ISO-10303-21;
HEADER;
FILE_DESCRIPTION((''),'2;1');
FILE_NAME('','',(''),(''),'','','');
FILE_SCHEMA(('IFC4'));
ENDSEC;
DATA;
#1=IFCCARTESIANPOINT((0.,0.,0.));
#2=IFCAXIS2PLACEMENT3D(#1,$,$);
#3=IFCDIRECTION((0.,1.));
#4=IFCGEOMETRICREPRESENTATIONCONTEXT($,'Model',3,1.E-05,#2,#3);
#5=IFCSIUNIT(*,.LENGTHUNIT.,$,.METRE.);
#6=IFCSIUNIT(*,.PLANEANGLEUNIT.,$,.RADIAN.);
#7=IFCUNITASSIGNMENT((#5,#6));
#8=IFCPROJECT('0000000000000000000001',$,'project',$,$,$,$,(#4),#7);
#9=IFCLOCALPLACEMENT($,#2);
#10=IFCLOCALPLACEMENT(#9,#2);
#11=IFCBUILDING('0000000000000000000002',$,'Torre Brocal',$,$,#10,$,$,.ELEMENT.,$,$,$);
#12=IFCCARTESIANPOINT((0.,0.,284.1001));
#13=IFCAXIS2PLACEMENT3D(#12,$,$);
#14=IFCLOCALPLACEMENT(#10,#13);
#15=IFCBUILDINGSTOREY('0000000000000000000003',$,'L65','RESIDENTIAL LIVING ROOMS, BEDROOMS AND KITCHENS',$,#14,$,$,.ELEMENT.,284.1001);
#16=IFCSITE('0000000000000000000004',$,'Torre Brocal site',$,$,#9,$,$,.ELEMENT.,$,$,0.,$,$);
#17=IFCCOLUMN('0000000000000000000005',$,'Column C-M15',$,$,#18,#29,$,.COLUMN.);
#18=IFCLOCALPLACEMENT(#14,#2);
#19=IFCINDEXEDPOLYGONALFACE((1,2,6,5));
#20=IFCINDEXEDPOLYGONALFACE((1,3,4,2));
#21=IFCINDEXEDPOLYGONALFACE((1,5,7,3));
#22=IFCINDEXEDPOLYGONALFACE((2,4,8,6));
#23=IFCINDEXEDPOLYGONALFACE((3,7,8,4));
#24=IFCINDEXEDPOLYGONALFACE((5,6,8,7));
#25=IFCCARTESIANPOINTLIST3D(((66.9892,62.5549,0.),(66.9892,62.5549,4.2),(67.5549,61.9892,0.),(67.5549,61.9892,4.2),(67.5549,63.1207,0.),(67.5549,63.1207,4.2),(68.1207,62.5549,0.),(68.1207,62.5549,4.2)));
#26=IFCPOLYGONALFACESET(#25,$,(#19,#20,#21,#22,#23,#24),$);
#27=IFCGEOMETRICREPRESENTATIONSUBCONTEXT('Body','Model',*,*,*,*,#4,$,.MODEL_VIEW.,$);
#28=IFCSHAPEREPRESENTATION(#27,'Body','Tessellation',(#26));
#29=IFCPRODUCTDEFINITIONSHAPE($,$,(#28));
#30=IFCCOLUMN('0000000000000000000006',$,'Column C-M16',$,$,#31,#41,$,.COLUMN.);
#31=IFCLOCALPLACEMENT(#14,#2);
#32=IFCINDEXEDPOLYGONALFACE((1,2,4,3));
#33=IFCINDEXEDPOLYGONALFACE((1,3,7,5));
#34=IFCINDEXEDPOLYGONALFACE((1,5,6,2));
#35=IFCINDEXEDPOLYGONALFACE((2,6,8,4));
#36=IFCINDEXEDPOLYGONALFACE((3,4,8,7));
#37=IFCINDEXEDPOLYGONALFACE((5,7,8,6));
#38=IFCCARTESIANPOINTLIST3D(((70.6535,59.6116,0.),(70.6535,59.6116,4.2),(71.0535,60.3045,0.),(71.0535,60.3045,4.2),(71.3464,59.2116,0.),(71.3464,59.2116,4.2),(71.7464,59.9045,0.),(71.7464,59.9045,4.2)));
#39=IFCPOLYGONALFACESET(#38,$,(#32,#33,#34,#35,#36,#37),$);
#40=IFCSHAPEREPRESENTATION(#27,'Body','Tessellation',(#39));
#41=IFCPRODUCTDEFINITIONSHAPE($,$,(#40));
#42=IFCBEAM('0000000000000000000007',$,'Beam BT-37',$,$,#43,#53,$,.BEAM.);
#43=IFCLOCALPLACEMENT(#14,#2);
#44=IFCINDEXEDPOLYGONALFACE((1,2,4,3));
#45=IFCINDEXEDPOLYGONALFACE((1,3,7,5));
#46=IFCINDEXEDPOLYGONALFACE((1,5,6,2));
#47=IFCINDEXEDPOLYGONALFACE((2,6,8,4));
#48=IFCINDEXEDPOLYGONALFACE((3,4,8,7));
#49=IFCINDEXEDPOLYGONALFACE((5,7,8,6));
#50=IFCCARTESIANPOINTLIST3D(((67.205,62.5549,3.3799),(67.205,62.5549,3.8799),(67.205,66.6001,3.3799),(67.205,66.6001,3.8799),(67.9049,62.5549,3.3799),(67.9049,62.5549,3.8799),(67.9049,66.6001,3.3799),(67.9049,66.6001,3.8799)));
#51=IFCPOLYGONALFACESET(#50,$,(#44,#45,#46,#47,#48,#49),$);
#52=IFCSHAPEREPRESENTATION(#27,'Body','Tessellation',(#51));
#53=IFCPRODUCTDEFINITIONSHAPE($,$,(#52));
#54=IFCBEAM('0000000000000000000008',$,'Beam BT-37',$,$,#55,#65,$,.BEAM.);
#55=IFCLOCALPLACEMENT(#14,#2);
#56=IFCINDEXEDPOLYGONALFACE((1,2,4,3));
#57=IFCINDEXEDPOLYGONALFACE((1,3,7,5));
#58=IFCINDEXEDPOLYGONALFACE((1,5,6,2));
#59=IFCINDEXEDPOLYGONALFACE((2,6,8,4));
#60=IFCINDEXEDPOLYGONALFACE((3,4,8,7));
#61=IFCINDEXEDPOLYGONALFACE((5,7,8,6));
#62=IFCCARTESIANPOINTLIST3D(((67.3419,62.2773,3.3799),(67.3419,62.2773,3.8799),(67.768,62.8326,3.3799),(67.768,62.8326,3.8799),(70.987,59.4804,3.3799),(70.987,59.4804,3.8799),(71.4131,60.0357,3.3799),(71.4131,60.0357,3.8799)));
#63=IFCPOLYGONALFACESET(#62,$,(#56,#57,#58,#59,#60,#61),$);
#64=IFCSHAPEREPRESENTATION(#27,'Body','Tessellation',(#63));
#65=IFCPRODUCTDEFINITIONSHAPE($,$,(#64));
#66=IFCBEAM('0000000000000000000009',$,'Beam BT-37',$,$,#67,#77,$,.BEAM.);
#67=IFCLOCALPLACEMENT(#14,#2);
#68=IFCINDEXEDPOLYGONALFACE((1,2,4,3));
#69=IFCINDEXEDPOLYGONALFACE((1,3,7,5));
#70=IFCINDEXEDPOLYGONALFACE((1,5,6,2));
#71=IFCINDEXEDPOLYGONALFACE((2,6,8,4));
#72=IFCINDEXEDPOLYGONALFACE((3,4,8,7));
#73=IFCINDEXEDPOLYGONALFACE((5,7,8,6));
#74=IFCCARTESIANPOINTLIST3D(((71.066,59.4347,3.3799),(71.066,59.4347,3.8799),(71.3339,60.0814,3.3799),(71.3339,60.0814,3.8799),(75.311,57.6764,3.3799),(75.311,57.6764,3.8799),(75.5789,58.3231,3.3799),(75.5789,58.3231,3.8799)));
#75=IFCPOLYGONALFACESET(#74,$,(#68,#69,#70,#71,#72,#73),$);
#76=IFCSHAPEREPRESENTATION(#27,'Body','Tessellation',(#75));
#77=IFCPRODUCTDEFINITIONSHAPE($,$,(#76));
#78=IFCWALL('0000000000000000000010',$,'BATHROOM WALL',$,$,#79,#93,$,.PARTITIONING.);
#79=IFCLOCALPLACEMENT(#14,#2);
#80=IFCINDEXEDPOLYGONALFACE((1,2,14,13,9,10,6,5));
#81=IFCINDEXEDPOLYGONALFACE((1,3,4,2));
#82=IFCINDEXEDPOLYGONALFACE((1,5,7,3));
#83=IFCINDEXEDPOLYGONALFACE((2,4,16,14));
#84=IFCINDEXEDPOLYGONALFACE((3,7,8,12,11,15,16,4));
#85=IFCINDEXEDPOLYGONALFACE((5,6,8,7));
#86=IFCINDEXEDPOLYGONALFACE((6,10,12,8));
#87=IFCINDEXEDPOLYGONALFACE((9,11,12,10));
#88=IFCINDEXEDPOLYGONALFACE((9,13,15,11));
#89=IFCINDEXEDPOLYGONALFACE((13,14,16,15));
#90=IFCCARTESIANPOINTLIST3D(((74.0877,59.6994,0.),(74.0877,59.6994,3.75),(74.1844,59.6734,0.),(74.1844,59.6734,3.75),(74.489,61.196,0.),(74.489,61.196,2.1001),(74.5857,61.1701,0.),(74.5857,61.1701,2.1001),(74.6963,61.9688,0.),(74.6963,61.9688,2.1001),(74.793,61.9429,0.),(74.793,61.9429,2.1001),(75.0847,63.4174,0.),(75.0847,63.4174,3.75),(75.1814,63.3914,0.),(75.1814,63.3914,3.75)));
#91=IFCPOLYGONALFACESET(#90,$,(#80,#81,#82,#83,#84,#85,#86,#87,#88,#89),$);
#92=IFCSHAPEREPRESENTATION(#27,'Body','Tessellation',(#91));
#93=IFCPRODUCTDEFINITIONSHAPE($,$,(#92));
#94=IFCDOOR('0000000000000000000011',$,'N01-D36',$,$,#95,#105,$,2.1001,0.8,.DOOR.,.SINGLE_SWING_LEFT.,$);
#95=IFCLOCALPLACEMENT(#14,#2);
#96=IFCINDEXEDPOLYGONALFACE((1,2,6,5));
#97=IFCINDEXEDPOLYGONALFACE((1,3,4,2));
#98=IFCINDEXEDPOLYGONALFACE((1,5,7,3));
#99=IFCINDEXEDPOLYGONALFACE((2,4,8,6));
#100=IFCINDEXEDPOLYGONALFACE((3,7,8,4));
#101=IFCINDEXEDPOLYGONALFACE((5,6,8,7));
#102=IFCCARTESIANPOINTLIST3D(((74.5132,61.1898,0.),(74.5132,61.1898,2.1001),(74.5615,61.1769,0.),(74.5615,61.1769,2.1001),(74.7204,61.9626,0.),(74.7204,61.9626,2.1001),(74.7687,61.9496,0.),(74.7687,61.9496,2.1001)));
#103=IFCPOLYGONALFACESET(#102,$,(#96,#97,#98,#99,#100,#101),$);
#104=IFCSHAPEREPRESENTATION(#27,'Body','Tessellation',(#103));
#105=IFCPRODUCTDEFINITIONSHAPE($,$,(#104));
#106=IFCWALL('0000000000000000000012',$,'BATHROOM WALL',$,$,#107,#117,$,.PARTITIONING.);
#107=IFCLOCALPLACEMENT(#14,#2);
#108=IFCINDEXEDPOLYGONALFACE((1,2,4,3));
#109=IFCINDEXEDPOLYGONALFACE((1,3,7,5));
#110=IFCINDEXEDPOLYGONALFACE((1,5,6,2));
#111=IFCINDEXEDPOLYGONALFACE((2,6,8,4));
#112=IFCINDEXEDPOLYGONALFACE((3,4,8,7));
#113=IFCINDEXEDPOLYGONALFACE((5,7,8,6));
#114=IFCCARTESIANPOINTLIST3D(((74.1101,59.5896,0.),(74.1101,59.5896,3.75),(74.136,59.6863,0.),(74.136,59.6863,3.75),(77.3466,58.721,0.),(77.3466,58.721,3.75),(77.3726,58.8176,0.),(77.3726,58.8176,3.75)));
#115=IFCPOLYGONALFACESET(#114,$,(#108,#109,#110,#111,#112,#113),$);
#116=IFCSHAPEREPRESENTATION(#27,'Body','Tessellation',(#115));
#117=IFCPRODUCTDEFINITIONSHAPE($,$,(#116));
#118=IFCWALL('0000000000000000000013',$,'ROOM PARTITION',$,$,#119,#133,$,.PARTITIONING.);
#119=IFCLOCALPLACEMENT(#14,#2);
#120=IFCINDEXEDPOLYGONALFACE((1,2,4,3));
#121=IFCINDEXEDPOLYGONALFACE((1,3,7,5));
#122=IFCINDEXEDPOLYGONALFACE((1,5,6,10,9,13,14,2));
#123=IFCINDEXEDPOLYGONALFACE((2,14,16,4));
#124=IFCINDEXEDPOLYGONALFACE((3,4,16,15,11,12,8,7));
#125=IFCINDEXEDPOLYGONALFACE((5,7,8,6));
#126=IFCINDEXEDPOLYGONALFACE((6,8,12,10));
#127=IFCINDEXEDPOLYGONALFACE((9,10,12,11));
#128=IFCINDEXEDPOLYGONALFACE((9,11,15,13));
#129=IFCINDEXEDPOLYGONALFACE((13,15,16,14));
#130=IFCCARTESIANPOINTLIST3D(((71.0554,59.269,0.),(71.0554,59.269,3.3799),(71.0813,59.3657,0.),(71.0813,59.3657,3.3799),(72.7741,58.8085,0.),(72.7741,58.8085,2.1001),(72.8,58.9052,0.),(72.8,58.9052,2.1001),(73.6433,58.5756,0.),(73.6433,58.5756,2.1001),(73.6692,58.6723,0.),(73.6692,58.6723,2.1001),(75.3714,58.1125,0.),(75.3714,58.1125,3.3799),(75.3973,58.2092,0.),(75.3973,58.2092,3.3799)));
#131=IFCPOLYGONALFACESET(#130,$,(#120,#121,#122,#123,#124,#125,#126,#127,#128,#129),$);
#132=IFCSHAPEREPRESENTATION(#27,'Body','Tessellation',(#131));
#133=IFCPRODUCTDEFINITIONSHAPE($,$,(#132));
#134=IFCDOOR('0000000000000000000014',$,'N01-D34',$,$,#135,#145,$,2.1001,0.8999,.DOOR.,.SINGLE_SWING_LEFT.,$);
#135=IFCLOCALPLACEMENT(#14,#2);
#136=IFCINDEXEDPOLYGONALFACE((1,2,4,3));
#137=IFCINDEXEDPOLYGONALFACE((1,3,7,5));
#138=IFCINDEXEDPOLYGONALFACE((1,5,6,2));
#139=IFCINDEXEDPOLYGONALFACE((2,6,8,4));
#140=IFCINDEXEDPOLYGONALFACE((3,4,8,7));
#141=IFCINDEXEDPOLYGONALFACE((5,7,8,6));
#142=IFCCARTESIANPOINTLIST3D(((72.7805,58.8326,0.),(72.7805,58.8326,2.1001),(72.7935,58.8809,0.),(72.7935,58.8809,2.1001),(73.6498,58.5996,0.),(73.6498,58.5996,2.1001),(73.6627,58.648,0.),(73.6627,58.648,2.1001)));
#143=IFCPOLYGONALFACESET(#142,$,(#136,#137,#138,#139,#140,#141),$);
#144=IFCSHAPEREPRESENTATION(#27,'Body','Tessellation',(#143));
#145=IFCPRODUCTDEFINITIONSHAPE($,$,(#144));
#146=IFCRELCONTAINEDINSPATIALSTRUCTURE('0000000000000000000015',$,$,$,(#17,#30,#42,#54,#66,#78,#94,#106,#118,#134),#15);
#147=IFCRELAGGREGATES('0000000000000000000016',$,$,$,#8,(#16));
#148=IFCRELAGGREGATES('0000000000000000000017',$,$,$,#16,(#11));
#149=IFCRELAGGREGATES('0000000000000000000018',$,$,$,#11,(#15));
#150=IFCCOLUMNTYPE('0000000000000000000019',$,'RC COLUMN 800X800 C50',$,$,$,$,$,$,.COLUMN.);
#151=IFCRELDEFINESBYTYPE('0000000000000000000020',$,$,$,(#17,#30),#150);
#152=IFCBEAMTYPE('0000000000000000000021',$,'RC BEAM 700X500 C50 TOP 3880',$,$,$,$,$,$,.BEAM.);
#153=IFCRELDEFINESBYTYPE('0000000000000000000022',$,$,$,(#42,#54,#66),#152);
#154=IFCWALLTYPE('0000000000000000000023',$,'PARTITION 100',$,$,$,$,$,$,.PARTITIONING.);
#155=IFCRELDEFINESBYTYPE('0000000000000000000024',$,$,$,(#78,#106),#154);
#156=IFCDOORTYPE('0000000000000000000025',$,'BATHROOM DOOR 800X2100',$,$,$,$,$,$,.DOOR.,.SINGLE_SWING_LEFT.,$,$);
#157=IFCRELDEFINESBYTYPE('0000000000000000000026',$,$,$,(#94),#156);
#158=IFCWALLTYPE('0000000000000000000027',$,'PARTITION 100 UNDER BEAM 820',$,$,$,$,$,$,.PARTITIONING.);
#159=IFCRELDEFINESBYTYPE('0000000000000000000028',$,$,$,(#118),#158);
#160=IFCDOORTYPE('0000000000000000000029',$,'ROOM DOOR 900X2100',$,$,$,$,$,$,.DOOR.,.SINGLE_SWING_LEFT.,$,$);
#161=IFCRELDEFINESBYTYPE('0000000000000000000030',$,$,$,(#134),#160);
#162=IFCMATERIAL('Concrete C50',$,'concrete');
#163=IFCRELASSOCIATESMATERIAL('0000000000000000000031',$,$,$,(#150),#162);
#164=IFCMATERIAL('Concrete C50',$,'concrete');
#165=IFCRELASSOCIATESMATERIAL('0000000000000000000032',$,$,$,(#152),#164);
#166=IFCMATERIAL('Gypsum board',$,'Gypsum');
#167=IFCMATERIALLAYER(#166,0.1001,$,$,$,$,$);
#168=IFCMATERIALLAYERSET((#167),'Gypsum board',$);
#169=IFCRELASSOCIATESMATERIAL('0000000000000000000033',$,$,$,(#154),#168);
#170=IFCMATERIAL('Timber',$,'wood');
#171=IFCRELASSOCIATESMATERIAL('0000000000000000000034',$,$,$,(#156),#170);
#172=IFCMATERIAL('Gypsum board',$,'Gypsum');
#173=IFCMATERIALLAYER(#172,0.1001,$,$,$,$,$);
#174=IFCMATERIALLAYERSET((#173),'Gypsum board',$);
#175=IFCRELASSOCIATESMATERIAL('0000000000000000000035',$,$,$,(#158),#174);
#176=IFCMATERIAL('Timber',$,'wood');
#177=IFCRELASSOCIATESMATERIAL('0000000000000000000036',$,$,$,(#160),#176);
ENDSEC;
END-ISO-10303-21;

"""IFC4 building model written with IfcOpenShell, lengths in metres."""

from ifc_helpers import new_model, si_unit, direction, frame, frame_2d, origin, origin_2d, place, context, subcontext, project, spatial, rectangle, extrude, material, layer, layer_set, material_profile, profile_set, type_object, element, fill, save


model = new_model("IFC4")

# Units and contexts
model_context = context("Model", 3, precision=1e-05, world=origin(), true_north=direction((0.0, 1.0)))
body_context = subcontext(model_context, "Body", "Model", "MODEL_VIEW")
ifc_project = project(units=[si_unit("LENGTHUNIT", "METRE"), si_unit("PLANEANGLEUNIT", "RADIAN")], contexts=[model_context])

# Site, building, storey
site_placement = place(None, origin())
site = spatial("IfcSite", under=ifc_project, at=site_placement, Name="Torre Brocal site", CompositionType="ELEMENT", RefElevation=0.0)
building_placement = place(site_placement, origin())
building = spatial("IfcBuilding", under=site, at=building_placement, Name="Torre Brocal", CompositionType="ELEMENT")
storey_placement = place(building_placement, frame((0.0, 0.0, 284.1001)))
storey = spatial("IfcBuildingStorey", under=building, at=storey_placement, Name="L65", Description="RESIDENTIAL LIVING ROOMS, BEDROOMS AND KITCHENS", CompositionType="ELEMENT", Elevation=284.1001)

# Columns
ifc_material_1 = material(Name="Concrete C50", Category="concrete")
ifc_material_profile_1 = material_profile(ifc_material_1, rectangle(XDim=0.8, YDim=0.8, at=origin_2d()), Name="RC 800X800")
ifc_profile_set_1 = profile_set([ifc_material_profile_1], Name="Concrete C50")
column_type = type_object("IfcColumnType", Name="RC COLUMN 800X800 C50", PredefinedType="COLUMN", material=ifc_profile_set_1)
for number, where, z_axis, x_axis, name in (
    (1, (67.5549, 62.5549, 0.0), (0.0, 0.0, 1.0), (-0.707107, -0.707107, 0.0), "Column C-M15"),
    (2, (71.2, 59.7581, 0.0), (0.0, 0.0, 1.0), (-0.5, -0.866025, 0.0), "Column C-M16"),
):
    element("IfcColumn", number, at=place(storey_placement, frame(where, z_axis=z_axis, x_axis=x_axis)), inside=storey, type_object=column_type, Name=name, PredefinedType="COLUMN", context=body_context, shape_type="SweptSolid", body=[
        extrude(rectangle(XDim=0.8, YDim=0.8, at=origin_2d()), origin(), (0.0, 0.0, 1.0), 4.2),
    ])

# Beams
ifc_material_2 = material(Name="Concrete C50", Category="concrete")
ifc_material_profile_2 = material_profile(ifc_material_2, rectangle(XDim=0.7, YDim=0.5, at=origin_2d()), Name="RC 700X500")
ifc_profile_set_2 = profile_set([ifc_material_profile_2], Name="Concrete C50")
beam_type = type_object("IfcBeamType", Name="RC BEAM 700X500 C50 TOP 3880", PredefinedType="BEAM", material=ifc_profile_set_2)
beam_1_placement = place(storey_placement, frame((67.5549, 62.5549, 3.6299), z_axis=(0.0, 1.0, 0.0), x_axis=(-1.0, 0.0, 0.0)))
element("IfcBeam", 3, at=beam_1_placement, inside=storey, type_object=beam_type, Name="Beam BT-37", PredefinedType="BEAM", context=body_context, shape_type="SweptSolid", body=[
    extrude(rectangle(XDim=0.7, YDim=0.5, at=origin_2d()), origin(), (0.0, 0.0, 1.0), 4.0452),
])
beam_2_placement = place(storey_placement, frame((67.5549, 62.5549, 3.6299), z_axis=(0.793358, -0.608755, 0.0), x_axis=(0.608755, 0.793358, 0.0)))
element("IfcBeam", 4, at=beam_2_placement, inside=storey, type_object=beam_type, Name="Beam BT-37", PredefinedType="BEAM", context=body_context, shape_type="SweptSolid", body=[
    extrude(rectangle(XDim=0.7, YDim=0.5, at=origin_2d()), origin(), (0.0, 0.0, 1.0), 4.5945),
])
beam_3_placement = place(storey_placement, frame((71.2, 59.7581, 3.6299), z_axis=(0.923878, -0.382687, 0.0), x_axis=(0.382687, 0.923878, 0.0)))
element("IfcBeam", 5, at=beam_3_placement, inside=storey, type_object=beam_type, Name="Beam BT-37", PredefinedType="BEAM", context=body_context, shape_type="SweptSolid", body=[
    extrude(rectangle(XDim=0.7, YDim=0.5, at=origin_2d()), origin(), (0.0, 0.0, 1.0), 4.5947),
])

# Wall, opening, door
ifc_material_3 = material(Name="Gypsum board", Category="Gypsum")
ifc_layer_1 = layer(ifc_material_3, 0.1001)
ifc_layer_set_1 = layer_set([ifc_layer_1], Name="Gypsum board")
wall_type_1 = type_object("IfcWallType", Name="PARTITION 100", PredefinedType="PARTITIONING", material=ifc_layer_set_1)
wall_1_placement = place(storey_placement, frame((74.136, 59.6863, 0.0), z_axis=(0.0, 0.0, 1.0), x_axis=(0.25902, 0.965872, 0.0)))
wall_1 = element("IfcWall", 6, at=wall_1_placement, inside=storey, type_object=wall_type_1, Name="BATHROOM WALL", PredefinedType="PARTITIONING", context=body_context, shape_type="SweptSolid", body=[
    extrude(rectangle(XDim=3.8494, YDim=0.1001, at=frame_2d((1.9248, 0.0))), origin(), (0.0, 0.0, 1.0), 3.75),
])
opening_1_placement = place(wall_1_placement, frame((1.5498, 0.0, 0.0)))
opening_1 = element("IfcOpeningElement", 7, at=opening_1_placement, cuts=wall_1, PredefinedType="OPENING", context=body_context, shape_type="SweptSolid", body=[
    extrude(rectangle(XDim=0.8, YDim=2.1001, at=frame_2d((0.3999, 1.05))), frame((0.0, 0.0601, 0.0), z_axis=(0.0, -1.0, 0.0), x_axis=(1.0, 0.0, 0.0)), (0.0, 0.0, 1.0), 0.1201),
])
ifc_material_4 = material(Name="Timber", Category="wood")
door_type_1 = type_object("IfcDoorType", Name="BATHROOM DOOR 800X2100", OperationType="SINGLE_SWING_LEFT", PredefinedType="DOOR", material=ifc_material_4)
door_1_placement = place(opening_1_placement, frame((0.8, 0.0, 0.0), z_axis=(0.0, 0.0, 1.0), x_axis=(-1.0, 0.0, 0.0)))
door_1 = element("IfcDoor", 8, at=door_1_placement, inside=storey, type_object=door_type_1, Name="N01-D36", OperationType="SINGLE_SWING_LEFT", OverallHeight=2.1001, OverallWidth=0.8, PredefinedType="DOOR", context=body_context, shape_type="SweptSolid", body=[
    extrude(rectangle(XDim=0.8, YDim=2.1001, at=frame_2d((0.3999, 1.05))), frame((0.0, 0.0249, 0.0), z_axis=(0.0, -1.0, 0.0), x_axis=(1.0, 0.0, 0.0)), (0.0, 0.0, 1.0), 0.05),
])
fill(opening_1, door_1)

# Wall
wall_2_placement = place(storey_placement, frame((74.123, 59.6379, 0.0), z_axis=(0.0, 0.0, 1.0), x_axis=(0.96582, -0.259213, 0.0)))
element("IfcWall", 9, at=wall_2_placement, inside=storey, type_object=wall_type_1, Name="BATHROOM WALL", PredefinedType="PARTITIONING", context=body_context, shape_type="SweptSolid", body=[
    extrude(rectangle(XDim=3.3511, YDim=0.1001, at=frame_2d((1.6755, 0.0))), origin(), (0.0, 0.0, 1.0), 3.75),
])

# Wall, opening, door
ifc_material_5 = material(Name="Gypsum board", Category="Gypsum")
ifc_layer_2 = layer(ifc_material_5, 0.1001)
ifc_layer_set_2 = layer_set([ifc_layer_2], Name="Gypsum board")
wall_type_2 = type_object("IfcWallType", Name="PARTITION 100 UNDER BEAM 820", PredefinedType="PARTITIONING", material=ifc_layer_set_2)
wall_3_placement = place(storey_placement, frame((71.0684, 59.3174, 0.0), z_axis=(0.0, 0.0, 1.0), x_axis=(0.965923, -0.258829, 0.0)))
wall_3 = element("IfcWall", 10, at=wall_3_placement, inside=storey, type_object=wall_type_2, Name="ROOM PARTITION", PredefinedType="PARTITIONING", context=body_context, shape_type="SweptSolid", body=[
    extrude(rectangle(XDim=4.4683, YDim=0.1001, at=frame_2d((2.2341, 0.0))), origin(), (0.0, 0.0, 1.0), 3.3799),
])
opening_2_placement = place(wall_3_placement, frame((1.7793, 0.0, 0.0)))
opening_2 = element("IfcOpeningElement", 11, at=opening_2_placement, cuts=wall_3, PredefinedType="OPENING", context=body_context, shape_type="SweptSolid", body=[
    extrude(rectangle(XDim=0.8999, YDim=2.1001, at=frame_2d((0.45, 1.05))), frame((0.0, 0.0601, 0.0), z_axis=(0.0, -1.0, 0.0), x_axis=(1.0, 0.0, 0.0)), (0.0, 0.0, 1.0), 0.1201),
])
ifc_material_6 = material(Name="Timber", Category="wood")
door_type_2 = type_object("IfcDoorType", Name="ROOM DOOR 900X2100", OperationType="SINGLE_SWING_LEFT", PredefinedType="DOOR", material=ifc_material_6)
door_2_placement = place(opening_2_placement, origin())
door_2 = element("IfcDoor", 12, at=door_2_placement, inside=storey, type_object=door_type_2, Name="N01-D34", OperationType="SINGLE_SWING_LEFT", OverallHeight=2.1001, OverallWidth=0.8999, PredefinedType="DOOR", context=body_context, shape_type="SweptSolid", body=[
    extrude(rectangle(XDim=0.8999, YDim=2.1001, at=frame_2d((0.45, 1.05))), frame((0.0, 0.0249, 0.0), z_axis=(0.0, -1.0, 0.0), x_axis=(1.0, 0.0, 0.0)), (0.0, 0.0, 1.0), 0.05),
])
fill(opening_2, door_2)

save(model, "model.ifc")
